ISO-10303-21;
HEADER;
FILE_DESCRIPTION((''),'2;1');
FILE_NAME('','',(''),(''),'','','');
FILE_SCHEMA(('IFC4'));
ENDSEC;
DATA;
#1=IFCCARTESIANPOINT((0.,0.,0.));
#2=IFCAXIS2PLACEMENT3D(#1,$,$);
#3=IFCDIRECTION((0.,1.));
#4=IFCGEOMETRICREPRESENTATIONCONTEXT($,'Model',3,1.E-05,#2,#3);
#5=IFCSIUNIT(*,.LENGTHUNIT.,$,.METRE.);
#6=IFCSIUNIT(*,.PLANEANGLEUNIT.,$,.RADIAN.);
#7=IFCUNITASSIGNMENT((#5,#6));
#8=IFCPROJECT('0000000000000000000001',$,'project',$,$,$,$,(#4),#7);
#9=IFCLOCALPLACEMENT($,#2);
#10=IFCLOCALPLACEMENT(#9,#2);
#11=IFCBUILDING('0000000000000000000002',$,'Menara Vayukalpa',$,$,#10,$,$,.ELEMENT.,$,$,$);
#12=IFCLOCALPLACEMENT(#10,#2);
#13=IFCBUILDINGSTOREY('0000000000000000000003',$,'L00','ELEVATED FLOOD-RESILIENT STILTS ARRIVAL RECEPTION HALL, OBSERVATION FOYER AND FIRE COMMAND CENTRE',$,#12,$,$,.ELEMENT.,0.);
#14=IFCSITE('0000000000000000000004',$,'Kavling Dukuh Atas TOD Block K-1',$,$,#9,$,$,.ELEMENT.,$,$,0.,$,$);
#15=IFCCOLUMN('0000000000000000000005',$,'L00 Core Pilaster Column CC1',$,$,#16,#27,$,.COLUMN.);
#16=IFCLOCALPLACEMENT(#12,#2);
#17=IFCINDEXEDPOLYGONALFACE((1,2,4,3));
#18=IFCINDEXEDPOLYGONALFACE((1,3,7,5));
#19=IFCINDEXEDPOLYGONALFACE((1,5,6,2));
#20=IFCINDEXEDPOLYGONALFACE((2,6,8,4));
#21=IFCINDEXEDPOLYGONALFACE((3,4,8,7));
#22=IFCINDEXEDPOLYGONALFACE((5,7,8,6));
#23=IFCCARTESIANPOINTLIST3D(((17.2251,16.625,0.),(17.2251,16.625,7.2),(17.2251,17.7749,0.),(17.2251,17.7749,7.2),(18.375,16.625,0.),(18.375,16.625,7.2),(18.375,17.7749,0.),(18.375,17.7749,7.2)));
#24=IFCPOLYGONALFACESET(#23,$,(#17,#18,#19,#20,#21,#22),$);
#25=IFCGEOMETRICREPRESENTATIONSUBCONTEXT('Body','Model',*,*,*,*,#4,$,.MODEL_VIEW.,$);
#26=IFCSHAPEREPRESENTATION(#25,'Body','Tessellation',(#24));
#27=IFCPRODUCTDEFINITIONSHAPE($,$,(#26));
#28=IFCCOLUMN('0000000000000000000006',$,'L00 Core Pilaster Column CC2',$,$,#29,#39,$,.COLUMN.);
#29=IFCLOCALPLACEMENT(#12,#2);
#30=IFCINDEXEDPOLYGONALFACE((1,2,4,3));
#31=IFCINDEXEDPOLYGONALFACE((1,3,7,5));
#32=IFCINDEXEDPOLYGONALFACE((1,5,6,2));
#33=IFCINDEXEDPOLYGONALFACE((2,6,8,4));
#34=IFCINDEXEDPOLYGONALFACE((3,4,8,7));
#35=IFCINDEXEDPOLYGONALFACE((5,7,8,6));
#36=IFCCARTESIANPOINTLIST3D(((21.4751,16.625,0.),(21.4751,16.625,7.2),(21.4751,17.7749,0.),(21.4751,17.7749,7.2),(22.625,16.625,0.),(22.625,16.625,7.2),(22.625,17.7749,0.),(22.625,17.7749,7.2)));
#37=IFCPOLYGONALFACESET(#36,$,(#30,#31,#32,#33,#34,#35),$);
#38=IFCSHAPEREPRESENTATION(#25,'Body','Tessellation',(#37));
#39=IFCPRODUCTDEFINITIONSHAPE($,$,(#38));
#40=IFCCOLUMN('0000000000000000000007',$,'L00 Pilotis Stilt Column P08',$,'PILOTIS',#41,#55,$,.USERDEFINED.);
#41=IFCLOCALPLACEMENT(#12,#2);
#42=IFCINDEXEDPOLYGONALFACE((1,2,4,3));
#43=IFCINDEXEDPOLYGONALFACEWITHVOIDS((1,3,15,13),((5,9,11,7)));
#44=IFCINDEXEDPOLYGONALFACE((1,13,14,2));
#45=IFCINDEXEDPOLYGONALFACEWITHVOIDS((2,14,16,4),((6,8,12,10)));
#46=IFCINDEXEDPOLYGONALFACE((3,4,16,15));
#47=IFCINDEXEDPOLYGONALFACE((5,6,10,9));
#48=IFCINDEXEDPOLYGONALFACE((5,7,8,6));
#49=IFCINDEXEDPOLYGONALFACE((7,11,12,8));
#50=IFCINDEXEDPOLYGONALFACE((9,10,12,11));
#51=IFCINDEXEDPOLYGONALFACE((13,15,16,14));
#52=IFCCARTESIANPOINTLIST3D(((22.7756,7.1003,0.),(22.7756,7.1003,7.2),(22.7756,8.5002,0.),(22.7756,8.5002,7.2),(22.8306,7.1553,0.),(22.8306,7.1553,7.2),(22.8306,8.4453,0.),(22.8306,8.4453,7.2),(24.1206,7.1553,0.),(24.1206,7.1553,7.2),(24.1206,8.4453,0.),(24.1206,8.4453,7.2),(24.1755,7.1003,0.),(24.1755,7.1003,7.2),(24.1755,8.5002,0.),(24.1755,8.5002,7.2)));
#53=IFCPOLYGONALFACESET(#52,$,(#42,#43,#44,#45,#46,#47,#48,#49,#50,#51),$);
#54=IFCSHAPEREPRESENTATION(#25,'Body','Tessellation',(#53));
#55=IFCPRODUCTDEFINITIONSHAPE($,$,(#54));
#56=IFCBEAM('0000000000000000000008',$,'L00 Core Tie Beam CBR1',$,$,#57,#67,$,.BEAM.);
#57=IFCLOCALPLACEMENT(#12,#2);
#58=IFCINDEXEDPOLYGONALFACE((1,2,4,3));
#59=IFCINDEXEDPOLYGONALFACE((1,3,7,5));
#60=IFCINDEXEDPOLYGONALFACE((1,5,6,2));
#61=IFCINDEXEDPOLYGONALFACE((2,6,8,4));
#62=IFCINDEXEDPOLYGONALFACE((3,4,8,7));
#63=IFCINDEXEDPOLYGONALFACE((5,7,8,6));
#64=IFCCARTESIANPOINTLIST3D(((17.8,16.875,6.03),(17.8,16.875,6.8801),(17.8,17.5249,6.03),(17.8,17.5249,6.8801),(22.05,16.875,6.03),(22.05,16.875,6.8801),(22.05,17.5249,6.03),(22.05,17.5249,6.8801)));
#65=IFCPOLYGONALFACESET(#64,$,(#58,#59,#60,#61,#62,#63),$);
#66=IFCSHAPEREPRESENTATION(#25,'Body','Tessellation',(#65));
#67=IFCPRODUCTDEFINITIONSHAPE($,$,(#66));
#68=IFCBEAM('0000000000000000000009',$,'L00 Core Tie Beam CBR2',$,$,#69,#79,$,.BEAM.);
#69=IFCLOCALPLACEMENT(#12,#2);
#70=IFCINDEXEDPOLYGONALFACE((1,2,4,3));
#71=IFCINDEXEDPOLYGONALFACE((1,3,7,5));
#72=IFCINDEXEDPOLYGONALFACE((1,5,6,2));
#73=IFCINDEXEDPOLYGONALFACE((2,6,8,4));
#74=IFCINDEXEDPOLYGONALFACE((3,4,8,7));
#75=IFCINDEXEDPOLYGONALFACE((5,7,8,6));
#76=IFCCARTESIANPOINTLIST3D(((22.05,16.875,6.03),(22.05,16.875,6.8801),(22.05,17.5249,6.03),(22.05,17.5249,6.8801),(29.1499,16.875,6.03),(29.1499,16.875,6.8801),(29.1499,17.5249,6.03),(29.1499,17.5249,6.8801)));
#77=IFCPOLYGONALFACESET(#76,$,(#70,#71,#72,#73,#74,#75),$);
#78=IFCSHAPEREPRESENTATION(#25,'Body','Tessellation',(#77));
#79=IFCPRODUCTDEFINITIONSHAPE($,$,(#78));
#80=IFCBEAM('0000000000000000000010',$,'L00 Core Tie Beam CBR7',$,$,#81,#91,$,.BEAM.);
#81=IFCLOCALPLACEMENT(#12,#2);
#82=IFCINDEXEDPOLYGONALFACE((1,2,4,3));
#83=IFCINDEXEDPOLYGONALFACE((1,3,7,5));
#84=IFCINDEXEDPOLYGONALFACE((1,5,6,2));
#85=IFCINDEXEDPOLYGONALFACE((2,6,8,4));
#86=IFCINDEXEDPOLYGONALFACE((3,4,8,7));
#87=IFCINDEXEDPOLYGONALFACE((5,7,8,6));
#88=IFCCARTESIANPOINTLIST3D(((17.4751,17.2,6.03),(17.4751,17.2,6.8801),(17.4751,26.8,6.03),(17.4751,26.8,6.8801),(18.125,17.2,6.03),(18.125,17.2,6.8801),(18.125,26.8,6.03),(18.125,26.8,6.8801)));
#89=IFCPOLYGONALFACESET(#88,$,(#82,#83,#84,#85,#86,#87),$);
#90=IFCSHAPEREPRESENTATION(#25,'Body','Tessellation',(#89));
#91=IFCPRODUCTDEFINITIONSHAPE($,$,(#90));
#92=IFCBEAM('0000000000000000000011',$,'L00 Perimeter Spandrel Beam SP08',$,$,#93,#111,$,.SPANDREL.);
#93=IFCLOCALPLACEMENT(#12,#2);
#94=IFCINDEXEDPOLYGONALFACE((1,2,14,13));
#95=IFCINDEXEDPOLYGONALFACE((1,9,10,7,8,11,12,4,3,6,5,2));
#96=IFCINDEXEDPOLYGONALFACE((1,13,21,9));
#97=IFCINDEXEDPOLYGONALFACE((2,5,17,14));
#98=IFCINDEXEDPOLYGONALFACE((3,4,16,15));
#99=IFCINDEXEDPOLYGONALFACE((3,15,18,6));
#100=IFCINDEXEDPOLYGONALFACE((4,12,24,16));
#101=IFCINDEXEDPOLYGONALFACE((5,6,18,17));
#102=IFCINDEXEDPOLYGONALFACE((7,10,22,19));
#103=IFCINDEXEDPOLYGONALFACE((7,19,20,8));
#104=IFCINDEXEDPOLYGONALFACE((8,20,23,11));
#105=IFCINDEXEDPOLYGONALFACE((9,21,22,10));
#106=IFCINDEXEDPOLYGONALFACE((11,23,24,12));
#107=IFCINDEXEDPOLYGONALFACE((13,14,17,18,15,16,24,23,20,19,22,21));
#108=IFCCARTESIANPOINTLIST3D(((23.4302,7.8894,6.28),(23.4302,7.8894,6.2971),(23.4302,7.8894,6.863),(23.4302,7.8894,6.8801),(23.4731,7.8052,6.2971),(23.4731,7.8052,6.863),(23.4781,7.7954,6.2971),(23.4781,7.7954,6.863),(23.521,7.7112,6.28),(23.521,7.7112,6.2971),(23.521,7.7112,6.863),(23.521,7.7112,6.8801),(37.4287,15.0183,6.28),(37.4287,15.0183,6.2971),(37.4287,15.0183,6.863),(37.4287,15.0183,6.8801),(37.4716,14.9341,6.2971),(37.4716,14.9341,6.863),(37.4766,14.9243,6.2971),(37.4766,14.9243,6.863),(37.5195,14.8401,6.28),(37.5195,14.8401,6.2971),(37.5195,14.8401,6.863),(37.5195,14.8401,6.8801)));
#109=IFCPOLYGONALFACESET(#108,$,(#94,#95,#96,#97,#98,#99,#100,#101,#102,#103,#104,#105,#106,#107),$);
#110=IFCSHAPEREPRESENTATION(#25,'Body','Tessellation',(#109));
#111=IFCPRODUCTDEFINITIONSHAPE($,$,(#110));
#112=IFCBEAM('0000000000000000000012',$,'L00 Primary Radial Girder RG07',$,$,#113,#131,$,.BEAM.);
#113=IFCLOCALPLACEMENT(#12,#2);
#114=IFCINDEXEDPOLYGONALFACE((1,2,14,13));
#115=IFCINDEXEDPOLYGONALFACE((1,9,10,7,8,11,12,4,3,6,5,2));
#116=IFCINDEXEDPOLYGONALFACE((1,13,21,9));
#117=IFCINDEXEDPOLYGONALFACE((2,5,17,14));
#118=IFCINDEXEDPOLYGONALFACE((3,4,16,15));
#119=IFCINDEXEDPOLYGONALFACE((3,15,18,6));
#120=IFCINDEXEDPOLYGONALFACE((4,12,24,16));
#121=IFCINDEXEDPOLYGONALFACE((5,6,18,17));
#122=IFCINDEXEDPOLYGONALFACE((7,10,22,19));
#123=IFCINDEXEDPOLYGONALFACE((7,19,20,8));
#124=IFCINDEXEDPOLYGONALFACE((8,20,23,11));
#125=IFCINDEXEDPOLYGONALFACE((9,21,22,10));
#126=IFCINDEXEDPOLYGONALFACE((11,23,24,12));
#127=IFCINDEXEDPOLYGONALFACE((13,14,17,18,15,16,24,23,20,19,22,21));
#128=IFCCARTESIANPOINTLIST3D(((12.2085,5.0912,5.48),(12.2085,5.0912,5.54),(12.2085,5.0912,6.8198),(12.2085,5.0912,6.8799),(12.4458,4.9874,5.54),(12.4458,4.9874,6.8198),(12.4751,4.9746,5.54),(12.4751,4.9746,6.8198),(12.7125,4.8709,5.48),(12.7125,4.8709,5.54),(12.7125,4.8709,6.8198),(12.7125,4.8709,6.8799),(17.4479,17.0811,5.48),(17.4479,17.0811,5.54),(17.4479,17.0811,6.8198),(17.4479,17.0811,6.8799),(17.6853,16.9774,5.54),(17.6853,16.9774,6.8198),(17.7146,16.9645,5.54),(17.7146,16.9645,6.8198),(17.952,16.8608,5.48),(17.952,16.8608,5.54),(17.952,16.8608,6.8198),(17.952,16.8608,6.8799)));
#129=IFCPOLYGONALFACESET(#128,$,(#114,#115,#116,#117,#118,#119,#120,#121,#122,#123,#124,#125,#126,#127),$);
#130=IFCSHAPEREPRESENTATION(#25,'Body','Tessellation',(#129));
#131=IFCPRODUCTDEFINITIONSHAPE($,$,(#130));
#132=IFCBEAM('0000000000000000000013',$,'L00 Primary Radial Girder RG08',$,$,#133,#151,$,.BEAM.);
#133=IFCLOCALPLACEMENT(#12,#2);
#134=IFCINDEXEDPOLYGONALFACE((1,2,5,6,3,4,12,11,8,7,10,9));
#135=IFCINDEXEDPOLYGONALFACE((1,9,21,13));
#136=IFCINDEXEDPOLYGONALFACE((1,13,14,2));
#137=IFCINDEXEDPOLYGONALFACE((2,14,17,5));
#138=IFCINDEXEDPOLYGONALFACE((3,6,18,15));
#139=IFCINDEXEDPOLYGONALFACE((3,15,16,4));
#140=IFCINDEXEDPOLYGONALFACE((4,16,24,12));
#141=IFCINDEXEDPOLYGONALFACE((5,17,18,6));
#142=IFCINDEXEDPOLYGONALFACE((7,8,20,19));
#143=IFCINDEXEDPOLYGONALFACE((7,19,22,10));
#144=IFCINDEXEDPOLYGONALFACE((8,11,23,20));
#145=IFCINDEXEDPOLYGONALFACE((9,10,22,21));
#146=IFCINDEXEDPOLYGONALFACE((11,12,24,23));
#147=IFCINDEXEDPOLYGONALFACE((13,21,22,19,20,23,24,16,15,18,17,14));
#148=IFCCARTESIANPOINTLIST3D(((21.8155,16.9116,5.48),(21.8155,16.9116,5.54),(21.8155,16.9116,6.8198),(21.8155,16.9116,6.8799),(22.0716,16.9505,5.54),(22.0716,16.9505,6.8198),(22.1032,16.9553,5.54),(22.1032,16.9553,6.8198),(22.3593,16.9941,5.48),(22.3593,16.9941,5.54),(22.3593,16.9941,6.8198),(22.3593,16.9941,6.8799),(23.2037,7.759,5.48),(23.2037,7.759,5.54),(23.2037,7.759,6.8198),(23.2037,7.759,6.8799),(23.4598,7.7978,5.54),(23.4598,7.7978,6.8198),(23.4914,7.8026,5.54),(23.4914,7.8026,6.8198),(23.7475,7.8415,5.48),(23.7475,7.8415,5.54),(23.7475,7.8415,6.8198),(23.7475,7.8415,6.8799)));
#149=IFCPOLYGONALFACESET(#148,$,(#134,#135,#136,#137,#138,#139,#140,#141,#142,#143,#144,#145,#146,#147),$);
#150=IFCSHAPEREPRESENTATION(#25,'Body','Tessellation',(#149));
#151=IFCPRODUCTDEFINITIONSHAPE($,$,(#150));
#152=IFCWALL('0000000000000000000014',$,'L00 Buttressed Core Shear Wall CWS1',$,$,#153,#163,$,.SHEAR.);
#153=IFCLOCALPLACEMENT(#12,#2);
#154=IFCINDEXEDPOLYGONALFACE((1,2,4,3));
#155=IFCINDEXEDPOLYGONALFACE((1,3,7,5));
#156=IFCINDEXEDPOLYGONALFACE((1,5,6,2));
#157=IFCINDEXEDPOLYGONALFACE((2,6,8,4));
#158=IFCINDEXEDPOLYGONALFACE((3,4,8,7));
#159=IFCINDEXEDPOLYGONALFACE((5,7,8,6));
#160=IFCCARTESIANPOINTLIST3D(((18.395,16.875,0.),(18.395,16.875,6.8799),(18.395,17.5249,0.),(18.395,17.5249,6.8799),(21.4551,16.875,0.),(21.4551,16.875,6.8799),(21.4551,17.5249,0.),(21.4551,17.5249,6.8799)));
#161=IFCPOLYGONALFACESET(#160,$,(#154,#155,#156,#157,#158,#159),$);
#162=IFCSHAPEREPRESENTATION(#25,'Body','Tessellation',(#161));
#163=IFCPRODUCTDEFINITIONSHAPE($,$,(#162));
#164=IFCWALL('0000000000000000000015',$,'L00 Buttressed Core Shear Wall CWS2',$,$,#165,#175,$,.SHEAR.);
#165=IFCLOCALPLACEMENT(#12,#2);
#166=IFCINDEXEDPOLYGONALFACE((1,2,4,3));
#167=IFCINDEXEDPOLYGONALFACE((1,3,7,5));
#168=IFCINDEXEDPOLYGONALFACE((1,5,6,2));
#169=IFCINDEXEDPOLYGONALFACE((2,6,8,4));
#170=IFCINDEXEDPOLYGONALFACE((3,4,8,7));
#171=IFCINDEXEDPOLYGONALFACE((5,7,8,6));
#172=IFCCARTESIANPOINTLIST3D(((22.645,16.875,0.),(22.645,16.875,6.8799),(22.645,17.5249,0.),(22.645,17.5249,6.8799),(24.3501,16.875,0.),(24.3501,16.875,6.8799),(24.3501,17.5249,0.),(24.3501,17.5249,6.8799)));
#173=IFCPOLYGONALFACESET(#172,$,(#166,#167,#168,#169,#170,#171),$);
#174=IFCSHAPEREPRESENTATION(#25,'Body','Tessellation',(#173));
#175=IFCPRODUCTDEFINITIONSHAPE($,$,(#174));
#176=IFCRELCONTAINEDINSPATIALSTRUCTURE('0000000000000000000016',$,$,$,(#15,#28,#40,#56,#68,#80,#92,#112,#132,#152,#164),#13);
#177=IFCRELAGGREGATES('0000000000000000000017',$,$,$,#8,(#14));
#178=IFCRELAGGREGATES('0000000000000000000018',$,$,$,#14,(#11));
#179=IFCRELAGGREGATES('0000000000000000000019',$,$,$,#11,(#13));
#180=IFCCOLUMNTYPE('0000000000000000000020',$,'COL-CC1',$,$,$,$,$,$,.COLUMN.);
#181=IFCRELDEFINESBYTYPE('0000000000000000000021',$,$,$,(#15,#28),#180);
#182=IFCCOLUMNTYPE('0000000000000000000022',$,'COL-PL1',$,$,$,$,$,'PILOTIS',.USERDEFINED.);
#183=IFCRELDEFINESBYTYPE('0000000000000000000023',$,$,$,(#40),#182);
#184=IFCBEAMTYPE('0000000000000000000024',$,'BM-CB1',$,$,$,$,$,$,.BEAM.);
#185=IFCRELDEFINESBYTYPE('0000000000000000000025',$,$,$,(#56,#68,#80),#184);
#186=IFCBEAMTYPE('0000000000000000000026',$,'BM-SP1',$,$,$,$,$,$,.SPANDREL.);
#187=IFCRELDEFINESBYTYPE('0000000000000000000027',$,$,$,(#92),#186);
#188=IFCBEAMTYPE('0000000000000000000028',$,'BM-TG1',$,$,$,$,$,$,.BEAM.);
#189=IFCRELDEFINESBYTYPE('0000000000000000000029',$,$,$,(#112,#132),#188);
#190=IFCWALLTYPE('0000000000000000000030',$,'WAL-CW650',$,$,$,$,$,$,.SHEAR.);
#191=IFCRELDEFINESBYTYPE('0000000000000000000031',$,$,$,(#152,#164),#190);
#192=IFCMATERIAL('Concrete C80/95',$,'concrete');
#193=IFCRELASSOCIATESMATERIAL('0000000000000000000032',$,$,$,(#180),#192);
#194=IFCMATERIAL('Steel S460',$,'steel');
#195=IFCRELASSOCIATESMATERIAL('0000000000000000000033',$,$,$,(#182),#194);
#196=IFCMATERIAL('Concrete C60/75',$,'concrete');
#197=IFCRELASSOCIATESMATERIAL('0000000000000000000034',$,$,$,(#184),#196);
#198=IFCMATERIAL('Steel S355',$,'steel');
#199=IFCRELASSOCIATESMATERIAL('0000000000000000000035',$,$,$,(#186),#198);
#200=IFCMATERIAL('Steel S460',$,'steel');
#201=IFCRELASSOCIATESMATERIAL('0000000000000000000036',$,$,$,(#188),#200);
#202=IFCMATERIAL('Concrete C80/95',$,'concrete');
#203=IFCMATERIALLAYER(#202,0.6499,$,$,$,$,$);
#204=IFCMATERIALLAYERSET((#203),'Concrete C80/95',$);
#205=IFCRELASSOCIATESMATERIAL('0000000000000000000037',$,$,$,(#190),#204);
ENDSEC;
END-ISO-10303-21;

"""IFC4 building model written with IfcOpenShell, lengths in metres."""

from ifc_helpers import new_model, si_unit, direction, frame, frame_2d, origin, origin_2d, place, context, subcontext, project, spatial, rectangle, hollow_rectangle, i_section, extrude, material, layer, layer_set, material_profile, profile_set, type_object, element, save


model = new_model("IFC4")

# Units and contexts
model_context = context("Model", 3, precision=1e-05, world=origin(), true_north=direction((0.0, 1.0)))
body_context = subcontext(model_context, "Body", "Model", "MODEL_VIEW")
ifc_project = project(units=[si_unit("LENGTHUNIT", "METRE"), si_unit("PLANEANGLEUNIT", "RADIAN")], contexts=[model_context])

# Site, building, storey
site_placement = place(None, origin())
site = spatial("IfcSite", under=ifc_project, at=site_placement, Name="Kavling Dukuh Atas TOD Block K-1", CompositionType="ELEMENT", RefElevation=0.0)
building_placement = place(site_placement, origin())
building = spatial("IfcBuilding", under=site, at=building_placement, Name="Menara Vayukalpa", CompositionType="ELEMENT")
storey_placement = place(building_placement, origin())
storey = spatial("IfcBuildingStorey", under=building, at=storey_placement, Name="L00", Description="ELEVATED FLOOD-RESILIENT STILTS ARRIVAL RECEPTION HALL, OBSERVATION FOYER AND FIRE COMMAND CENTRE", CompositionType="ELEMENT", Elevation=0.0)

# Columns
ifc_material_1 = material(Name="Concrete C80/95", Category="concrete")
ifc_material_profile_1 = material_profile(ifc_material_1, rectangle(XDim=1.1499, YDim=1.1499, at=origin_2d()), Name="RC 1150x1150")
ifc_profile_set_1 = profile_set([ifc_material_profile_1], Name="Concrete C80/95")
column_type_1 = type_object("IfcColumnType", Name="COL-CC1", PredefinedType="COLUMN", material=ifc_profile_set_1)
for number, where, z_axis, x_axis, name in (
    (1, (17.8, 17.2, 0.0), (0.0, 0.0, 1.0), (1.0, 0.0, 0.0), "L00 Core Pilaster Column CC1"),
    (2, (22.05, 17.2, 0.0), (0.0, 0.0, 1.0), (1.0, 0.0, 0.0), "L00 Core Pilaster Column CC2"),
):
    element("IfcColumn", number, at=place(storey_placement, frame(where, z_axis=z_axis, x_axis=x_axis)), inside=storey, type_object=column_type_1, Name=name, PredefinedType="COLUMN", context=body_context, shape_type="SweptSolid", body=[
        extrude(rectangle(XDim=1.1499, YDim=1.1499, at=origin_2d()), origin(), (0.0, 0.0, 1.0), 7.2),
    ])
ifc_material_2 = material(Name="Steel S460", Category="steel")
ifc_material_profile_2 = material_profile(ifc_material_2, hollow_rectangle(XDim=1.3999, YDim=1.3999, WallThickness=0.0549, at=origin_2d()), Name="BOX 1400x1400x55")
ifc_profile_set_2 = profile_set([ifc_material_profile_2], Name="Steel S460")
column_type_2 = type_object("IfcColumnType", Name="COL-PL1", ElementType="PILOTIS", PredefinedType="USERDEFINED", material=ifc_profile_set_2)
column_placement = place(storey_placement, frame((23.4756, 7.8003, 0.0), z_axis=(0.0, 0.0, 1.0), x_axis=(1.0, 0.0, 0.0)))
element("IfcColumn", 3, at=column_placement, inside=storey, type_object=column_type_2, Name="L00 Pilotis Stilt Column P08", ObjectType="PILOTIS", PredefinedType="USERDEFINED", context=body_context, shape_type="SweptSolid", body=[
    extrude(hollow_rectangle(XDim=1.3999, YDim=1.3999, WallThickness=0.0549, at=origin_2d()), origin(), (0.0, 0.0, 1.0), 7.2),
])

# Beams
ifc_material_3 = material(Name="Concrete C60/75", Category="concrete")
ifc_material_profile_3 = material_profile(ifc_material_3, rectangle(XDim=0.6499, YDim=0.8501, at=origin_2d()), Name="RC 650x850")
ifc_profile_set_3 = profile_set([ifc_material_profile_3], Name="Concrete C60/75")
beam_type_1 = type_object("IfcBeamType", Name="BM-CB1", PredefinedType="BEAM", material=ifc_profile_set_3)
beam_1_placement = place(storey_placement, frame((17.8, 17.2, 6.4551), z_axis=(1.0, 0.0, 0.0), x_axis=(0.0, 1.0, 0.0)))
element("IfcBeam", 4, at=beam_1_placement, inside=storey, type_object=beam_type_1, Name="L00 Core Tie Beam CBR1", PredefinedType="BEAM", context=body_context, shape_type="SweptSolid", body=[
    extrude(rectangle(XDim=0.6499, YDim=0.8501, at=origin_2d()), origin(), (0.0, 0.0, 1.0), 4.25),
])
beam_2_placement = place(storey_placement, frame((22.05, 17.2, 6.4551), z_axis=(1.0, 0.0, 0.0), x_axis=(0.0, 1.0, 0.0)))
element("IfcBeam", 5, at=beam_2_placement, inside=storey, type_object=beam_type_1, Name="L00 Core Tie Beam CBR2", PredefinedType="BEAM", context=body_context, shape_type="SweptSolid", body=[
    extrude(rectangle(XDim=0.6499, YDim=0.8501, at=origin_2d()), origin(), (0.0, 0.0, 1.0), 7.0999),
])
beam_3_placement = place(storey_placement, frame((17.8, 17.2, 6.4551), z_axis=(0.0, 1.0, 0.0), x_axis=(-1.0, 0.0, 0.0)))
element("IfcBeam", 6, at=beam_3_placement, inside=storey, type_object=beam_type_1, Name="L00 Core Tie Beam CBR7", PredefinedType="BEAM", context=body_context, shape_type="SweptSolid", body=[
    extrude(rectangle(XDim=0.6499, YDim=0.8501, at=origin_2d()), origin(), (0.0, 0.0, 1.0), 9.6001),
])
ifc_material_4 = material(Name="Steel S355", Category="steel")
ifc_material_profile_4 = material_profile(ifc_material_4, i_section(OverallWidth=0.2, OverallDepth=0.6001, WebThickness=0.011, FlangeThickness=0.0171, at=origin_2d()), Name="WF 600x200x11x17")
ifc_profile_set_4 = profile_set([ifc_material_profile_4], Name="Steel S355")
beam_type_2 = type_object("IfcBeamType", Name="BM-SP1", PredefinedType="SPANDREL", material=ifc_profile_set_4)
beam_4_placement = place(storey_placement, frame((23.4756, 7.8003, 6.5801), z_axis=(0.891102, 0.453803, 0.0), x_axis=(-0.453803, 0.891102, 0.0)))
element("IfcBeam", 7, at=beam_4_placement, inside=storey, type_object=beam_type_2, Name="L00 Perimeter Spandrel Beam SP08", PredefinedType="SPANDREL", context=body_context, shape_type="SweptSolid", body=[
    extrude(i_section(OverallWidth=0.2, OverallDepth=0.6001, WebThickness=0.011, FlangeThickness=0.0171, at=origin_2d()), origin(), (0.0, 0.0, 1.0), 15.7092),
])
ifc_material_5 = material(Name="Steel S460", Category="steel")
ifc_material_profile_5 = material_profile(ifc_material_5, i_section(OverallWidth=0.55, OverallDepth=1.3999, WebThickness=0.032, FlangeThickness=0.0601, at=origin_2d()), Name="WG 1400x550x32x60")
ifc_profile_set_5 = profile_set([ifc_material_profile_5], Name="Steel S460")
beam_type_3 = type_object("IfcBeamType", Name="BM-TG1", PredefinedType="BEAM", material=ifc_profile_set_5)
beam_5_placement = place(storey_placement, frame((17.7, 16.9709, 6.1799), z_axis=(-0.400426, -0.916329, 0.0), x_axis=(0.916329, -0.400426, 0.0)))
element("IfcBeam", 8, at=beam_5_placement, inside=storey, type_object=beam_type_3, Name="L00 Primary Radial Girder RG07", PredefinedType="BEAM", context=body_context, shape_type="SweptSolid", body=[
    extrude(i_section(OverallWidth=0.55, OverallDepth=1.3999, WebThickness=0.032, FlangeThickness=0.0601, at=origin_2d()), origin(), (0.0, 0.0, 1.0), 13.0847),
])
beam_6_placement = place(storey_placement, frame((22.0874, 16.9529, 6.1799), z_axis=(0.149956, -0.988693, 0.0), x_axis=(0.988693, 0.149956, 0.0)))
element("IfcBeam", 9, at=beam_6_placement, inside=storey, type_object=beam_type_3, Name="L00 Primary Radial Girder RG08", PredefinedType="BEAM", context=body_context, shape_type="SweptSolid", body=[
    extrude(i_section(OverallWidth=0.55, OverallDepth=1.3999, WebThickness=0.032, FlangeThickness=0.0601, at=origin_2d()), origin(), (0.0, 0.0, 1.0), 9.2573),
])

# Walls
ifc_material_6 = material(Name="Concrete C80/95", Category="concrete")
ifc_layer_1 = layer(ifc_material_6, 0.6499)
ifc_layer_set_1 = layer_set([ifc_layer_1], Name="Concrete C80/95")
wall_type_1 = type_object("IfcWallType", Name="WAL-CW650", PredefinedType="SHEAR", material=ifc_layer_set_1)
wall_1_placement = place(storey_placement, frame((18.395, 17.2, 0.0), z_axis=(0.0, 0.0, 1.0), x_axis=(1.0, 0.0, 0.0)))
element("IfcWall", 10, at=wall_1_placement, inside=storey, type_object=wall_type_1, Name="L00 Buttressed Core Shear Wall CWS1", PredefinedType="SHEAR", context=body_context, shape_type="SweptSolid", body=[
    extrude(rectangle(XDim=3.0601, YDim=0.6499, at=frame_2d((1.53, 0.0))), origin(), (0.0, 0.0, 1.0), 6.8799),
])
wall_2_placement = place(storey_placement, frame((22.645, 17.2, 0.0), z_axis=(0.0, 0.0, 1.0), x_axis=(1.0, 0.0, 0.0)))
element("IfcWall", 11, at=wall_2_placement, inside=storey, type_object=wall_type_1, Name="L00 Buttressed Core Shear Wall CWS2", PredefinedType="SHEAR", context=body_context, shape_type="SweptSolid", body=[
    extrude(rectangle(XDim=1.7051, YDim=0.6499, at=frame_2d((0.8525, 0.0))), origin(), (0.0, 0.0, 1.0), 6.8799),
])

save(model, "model.ifc")
